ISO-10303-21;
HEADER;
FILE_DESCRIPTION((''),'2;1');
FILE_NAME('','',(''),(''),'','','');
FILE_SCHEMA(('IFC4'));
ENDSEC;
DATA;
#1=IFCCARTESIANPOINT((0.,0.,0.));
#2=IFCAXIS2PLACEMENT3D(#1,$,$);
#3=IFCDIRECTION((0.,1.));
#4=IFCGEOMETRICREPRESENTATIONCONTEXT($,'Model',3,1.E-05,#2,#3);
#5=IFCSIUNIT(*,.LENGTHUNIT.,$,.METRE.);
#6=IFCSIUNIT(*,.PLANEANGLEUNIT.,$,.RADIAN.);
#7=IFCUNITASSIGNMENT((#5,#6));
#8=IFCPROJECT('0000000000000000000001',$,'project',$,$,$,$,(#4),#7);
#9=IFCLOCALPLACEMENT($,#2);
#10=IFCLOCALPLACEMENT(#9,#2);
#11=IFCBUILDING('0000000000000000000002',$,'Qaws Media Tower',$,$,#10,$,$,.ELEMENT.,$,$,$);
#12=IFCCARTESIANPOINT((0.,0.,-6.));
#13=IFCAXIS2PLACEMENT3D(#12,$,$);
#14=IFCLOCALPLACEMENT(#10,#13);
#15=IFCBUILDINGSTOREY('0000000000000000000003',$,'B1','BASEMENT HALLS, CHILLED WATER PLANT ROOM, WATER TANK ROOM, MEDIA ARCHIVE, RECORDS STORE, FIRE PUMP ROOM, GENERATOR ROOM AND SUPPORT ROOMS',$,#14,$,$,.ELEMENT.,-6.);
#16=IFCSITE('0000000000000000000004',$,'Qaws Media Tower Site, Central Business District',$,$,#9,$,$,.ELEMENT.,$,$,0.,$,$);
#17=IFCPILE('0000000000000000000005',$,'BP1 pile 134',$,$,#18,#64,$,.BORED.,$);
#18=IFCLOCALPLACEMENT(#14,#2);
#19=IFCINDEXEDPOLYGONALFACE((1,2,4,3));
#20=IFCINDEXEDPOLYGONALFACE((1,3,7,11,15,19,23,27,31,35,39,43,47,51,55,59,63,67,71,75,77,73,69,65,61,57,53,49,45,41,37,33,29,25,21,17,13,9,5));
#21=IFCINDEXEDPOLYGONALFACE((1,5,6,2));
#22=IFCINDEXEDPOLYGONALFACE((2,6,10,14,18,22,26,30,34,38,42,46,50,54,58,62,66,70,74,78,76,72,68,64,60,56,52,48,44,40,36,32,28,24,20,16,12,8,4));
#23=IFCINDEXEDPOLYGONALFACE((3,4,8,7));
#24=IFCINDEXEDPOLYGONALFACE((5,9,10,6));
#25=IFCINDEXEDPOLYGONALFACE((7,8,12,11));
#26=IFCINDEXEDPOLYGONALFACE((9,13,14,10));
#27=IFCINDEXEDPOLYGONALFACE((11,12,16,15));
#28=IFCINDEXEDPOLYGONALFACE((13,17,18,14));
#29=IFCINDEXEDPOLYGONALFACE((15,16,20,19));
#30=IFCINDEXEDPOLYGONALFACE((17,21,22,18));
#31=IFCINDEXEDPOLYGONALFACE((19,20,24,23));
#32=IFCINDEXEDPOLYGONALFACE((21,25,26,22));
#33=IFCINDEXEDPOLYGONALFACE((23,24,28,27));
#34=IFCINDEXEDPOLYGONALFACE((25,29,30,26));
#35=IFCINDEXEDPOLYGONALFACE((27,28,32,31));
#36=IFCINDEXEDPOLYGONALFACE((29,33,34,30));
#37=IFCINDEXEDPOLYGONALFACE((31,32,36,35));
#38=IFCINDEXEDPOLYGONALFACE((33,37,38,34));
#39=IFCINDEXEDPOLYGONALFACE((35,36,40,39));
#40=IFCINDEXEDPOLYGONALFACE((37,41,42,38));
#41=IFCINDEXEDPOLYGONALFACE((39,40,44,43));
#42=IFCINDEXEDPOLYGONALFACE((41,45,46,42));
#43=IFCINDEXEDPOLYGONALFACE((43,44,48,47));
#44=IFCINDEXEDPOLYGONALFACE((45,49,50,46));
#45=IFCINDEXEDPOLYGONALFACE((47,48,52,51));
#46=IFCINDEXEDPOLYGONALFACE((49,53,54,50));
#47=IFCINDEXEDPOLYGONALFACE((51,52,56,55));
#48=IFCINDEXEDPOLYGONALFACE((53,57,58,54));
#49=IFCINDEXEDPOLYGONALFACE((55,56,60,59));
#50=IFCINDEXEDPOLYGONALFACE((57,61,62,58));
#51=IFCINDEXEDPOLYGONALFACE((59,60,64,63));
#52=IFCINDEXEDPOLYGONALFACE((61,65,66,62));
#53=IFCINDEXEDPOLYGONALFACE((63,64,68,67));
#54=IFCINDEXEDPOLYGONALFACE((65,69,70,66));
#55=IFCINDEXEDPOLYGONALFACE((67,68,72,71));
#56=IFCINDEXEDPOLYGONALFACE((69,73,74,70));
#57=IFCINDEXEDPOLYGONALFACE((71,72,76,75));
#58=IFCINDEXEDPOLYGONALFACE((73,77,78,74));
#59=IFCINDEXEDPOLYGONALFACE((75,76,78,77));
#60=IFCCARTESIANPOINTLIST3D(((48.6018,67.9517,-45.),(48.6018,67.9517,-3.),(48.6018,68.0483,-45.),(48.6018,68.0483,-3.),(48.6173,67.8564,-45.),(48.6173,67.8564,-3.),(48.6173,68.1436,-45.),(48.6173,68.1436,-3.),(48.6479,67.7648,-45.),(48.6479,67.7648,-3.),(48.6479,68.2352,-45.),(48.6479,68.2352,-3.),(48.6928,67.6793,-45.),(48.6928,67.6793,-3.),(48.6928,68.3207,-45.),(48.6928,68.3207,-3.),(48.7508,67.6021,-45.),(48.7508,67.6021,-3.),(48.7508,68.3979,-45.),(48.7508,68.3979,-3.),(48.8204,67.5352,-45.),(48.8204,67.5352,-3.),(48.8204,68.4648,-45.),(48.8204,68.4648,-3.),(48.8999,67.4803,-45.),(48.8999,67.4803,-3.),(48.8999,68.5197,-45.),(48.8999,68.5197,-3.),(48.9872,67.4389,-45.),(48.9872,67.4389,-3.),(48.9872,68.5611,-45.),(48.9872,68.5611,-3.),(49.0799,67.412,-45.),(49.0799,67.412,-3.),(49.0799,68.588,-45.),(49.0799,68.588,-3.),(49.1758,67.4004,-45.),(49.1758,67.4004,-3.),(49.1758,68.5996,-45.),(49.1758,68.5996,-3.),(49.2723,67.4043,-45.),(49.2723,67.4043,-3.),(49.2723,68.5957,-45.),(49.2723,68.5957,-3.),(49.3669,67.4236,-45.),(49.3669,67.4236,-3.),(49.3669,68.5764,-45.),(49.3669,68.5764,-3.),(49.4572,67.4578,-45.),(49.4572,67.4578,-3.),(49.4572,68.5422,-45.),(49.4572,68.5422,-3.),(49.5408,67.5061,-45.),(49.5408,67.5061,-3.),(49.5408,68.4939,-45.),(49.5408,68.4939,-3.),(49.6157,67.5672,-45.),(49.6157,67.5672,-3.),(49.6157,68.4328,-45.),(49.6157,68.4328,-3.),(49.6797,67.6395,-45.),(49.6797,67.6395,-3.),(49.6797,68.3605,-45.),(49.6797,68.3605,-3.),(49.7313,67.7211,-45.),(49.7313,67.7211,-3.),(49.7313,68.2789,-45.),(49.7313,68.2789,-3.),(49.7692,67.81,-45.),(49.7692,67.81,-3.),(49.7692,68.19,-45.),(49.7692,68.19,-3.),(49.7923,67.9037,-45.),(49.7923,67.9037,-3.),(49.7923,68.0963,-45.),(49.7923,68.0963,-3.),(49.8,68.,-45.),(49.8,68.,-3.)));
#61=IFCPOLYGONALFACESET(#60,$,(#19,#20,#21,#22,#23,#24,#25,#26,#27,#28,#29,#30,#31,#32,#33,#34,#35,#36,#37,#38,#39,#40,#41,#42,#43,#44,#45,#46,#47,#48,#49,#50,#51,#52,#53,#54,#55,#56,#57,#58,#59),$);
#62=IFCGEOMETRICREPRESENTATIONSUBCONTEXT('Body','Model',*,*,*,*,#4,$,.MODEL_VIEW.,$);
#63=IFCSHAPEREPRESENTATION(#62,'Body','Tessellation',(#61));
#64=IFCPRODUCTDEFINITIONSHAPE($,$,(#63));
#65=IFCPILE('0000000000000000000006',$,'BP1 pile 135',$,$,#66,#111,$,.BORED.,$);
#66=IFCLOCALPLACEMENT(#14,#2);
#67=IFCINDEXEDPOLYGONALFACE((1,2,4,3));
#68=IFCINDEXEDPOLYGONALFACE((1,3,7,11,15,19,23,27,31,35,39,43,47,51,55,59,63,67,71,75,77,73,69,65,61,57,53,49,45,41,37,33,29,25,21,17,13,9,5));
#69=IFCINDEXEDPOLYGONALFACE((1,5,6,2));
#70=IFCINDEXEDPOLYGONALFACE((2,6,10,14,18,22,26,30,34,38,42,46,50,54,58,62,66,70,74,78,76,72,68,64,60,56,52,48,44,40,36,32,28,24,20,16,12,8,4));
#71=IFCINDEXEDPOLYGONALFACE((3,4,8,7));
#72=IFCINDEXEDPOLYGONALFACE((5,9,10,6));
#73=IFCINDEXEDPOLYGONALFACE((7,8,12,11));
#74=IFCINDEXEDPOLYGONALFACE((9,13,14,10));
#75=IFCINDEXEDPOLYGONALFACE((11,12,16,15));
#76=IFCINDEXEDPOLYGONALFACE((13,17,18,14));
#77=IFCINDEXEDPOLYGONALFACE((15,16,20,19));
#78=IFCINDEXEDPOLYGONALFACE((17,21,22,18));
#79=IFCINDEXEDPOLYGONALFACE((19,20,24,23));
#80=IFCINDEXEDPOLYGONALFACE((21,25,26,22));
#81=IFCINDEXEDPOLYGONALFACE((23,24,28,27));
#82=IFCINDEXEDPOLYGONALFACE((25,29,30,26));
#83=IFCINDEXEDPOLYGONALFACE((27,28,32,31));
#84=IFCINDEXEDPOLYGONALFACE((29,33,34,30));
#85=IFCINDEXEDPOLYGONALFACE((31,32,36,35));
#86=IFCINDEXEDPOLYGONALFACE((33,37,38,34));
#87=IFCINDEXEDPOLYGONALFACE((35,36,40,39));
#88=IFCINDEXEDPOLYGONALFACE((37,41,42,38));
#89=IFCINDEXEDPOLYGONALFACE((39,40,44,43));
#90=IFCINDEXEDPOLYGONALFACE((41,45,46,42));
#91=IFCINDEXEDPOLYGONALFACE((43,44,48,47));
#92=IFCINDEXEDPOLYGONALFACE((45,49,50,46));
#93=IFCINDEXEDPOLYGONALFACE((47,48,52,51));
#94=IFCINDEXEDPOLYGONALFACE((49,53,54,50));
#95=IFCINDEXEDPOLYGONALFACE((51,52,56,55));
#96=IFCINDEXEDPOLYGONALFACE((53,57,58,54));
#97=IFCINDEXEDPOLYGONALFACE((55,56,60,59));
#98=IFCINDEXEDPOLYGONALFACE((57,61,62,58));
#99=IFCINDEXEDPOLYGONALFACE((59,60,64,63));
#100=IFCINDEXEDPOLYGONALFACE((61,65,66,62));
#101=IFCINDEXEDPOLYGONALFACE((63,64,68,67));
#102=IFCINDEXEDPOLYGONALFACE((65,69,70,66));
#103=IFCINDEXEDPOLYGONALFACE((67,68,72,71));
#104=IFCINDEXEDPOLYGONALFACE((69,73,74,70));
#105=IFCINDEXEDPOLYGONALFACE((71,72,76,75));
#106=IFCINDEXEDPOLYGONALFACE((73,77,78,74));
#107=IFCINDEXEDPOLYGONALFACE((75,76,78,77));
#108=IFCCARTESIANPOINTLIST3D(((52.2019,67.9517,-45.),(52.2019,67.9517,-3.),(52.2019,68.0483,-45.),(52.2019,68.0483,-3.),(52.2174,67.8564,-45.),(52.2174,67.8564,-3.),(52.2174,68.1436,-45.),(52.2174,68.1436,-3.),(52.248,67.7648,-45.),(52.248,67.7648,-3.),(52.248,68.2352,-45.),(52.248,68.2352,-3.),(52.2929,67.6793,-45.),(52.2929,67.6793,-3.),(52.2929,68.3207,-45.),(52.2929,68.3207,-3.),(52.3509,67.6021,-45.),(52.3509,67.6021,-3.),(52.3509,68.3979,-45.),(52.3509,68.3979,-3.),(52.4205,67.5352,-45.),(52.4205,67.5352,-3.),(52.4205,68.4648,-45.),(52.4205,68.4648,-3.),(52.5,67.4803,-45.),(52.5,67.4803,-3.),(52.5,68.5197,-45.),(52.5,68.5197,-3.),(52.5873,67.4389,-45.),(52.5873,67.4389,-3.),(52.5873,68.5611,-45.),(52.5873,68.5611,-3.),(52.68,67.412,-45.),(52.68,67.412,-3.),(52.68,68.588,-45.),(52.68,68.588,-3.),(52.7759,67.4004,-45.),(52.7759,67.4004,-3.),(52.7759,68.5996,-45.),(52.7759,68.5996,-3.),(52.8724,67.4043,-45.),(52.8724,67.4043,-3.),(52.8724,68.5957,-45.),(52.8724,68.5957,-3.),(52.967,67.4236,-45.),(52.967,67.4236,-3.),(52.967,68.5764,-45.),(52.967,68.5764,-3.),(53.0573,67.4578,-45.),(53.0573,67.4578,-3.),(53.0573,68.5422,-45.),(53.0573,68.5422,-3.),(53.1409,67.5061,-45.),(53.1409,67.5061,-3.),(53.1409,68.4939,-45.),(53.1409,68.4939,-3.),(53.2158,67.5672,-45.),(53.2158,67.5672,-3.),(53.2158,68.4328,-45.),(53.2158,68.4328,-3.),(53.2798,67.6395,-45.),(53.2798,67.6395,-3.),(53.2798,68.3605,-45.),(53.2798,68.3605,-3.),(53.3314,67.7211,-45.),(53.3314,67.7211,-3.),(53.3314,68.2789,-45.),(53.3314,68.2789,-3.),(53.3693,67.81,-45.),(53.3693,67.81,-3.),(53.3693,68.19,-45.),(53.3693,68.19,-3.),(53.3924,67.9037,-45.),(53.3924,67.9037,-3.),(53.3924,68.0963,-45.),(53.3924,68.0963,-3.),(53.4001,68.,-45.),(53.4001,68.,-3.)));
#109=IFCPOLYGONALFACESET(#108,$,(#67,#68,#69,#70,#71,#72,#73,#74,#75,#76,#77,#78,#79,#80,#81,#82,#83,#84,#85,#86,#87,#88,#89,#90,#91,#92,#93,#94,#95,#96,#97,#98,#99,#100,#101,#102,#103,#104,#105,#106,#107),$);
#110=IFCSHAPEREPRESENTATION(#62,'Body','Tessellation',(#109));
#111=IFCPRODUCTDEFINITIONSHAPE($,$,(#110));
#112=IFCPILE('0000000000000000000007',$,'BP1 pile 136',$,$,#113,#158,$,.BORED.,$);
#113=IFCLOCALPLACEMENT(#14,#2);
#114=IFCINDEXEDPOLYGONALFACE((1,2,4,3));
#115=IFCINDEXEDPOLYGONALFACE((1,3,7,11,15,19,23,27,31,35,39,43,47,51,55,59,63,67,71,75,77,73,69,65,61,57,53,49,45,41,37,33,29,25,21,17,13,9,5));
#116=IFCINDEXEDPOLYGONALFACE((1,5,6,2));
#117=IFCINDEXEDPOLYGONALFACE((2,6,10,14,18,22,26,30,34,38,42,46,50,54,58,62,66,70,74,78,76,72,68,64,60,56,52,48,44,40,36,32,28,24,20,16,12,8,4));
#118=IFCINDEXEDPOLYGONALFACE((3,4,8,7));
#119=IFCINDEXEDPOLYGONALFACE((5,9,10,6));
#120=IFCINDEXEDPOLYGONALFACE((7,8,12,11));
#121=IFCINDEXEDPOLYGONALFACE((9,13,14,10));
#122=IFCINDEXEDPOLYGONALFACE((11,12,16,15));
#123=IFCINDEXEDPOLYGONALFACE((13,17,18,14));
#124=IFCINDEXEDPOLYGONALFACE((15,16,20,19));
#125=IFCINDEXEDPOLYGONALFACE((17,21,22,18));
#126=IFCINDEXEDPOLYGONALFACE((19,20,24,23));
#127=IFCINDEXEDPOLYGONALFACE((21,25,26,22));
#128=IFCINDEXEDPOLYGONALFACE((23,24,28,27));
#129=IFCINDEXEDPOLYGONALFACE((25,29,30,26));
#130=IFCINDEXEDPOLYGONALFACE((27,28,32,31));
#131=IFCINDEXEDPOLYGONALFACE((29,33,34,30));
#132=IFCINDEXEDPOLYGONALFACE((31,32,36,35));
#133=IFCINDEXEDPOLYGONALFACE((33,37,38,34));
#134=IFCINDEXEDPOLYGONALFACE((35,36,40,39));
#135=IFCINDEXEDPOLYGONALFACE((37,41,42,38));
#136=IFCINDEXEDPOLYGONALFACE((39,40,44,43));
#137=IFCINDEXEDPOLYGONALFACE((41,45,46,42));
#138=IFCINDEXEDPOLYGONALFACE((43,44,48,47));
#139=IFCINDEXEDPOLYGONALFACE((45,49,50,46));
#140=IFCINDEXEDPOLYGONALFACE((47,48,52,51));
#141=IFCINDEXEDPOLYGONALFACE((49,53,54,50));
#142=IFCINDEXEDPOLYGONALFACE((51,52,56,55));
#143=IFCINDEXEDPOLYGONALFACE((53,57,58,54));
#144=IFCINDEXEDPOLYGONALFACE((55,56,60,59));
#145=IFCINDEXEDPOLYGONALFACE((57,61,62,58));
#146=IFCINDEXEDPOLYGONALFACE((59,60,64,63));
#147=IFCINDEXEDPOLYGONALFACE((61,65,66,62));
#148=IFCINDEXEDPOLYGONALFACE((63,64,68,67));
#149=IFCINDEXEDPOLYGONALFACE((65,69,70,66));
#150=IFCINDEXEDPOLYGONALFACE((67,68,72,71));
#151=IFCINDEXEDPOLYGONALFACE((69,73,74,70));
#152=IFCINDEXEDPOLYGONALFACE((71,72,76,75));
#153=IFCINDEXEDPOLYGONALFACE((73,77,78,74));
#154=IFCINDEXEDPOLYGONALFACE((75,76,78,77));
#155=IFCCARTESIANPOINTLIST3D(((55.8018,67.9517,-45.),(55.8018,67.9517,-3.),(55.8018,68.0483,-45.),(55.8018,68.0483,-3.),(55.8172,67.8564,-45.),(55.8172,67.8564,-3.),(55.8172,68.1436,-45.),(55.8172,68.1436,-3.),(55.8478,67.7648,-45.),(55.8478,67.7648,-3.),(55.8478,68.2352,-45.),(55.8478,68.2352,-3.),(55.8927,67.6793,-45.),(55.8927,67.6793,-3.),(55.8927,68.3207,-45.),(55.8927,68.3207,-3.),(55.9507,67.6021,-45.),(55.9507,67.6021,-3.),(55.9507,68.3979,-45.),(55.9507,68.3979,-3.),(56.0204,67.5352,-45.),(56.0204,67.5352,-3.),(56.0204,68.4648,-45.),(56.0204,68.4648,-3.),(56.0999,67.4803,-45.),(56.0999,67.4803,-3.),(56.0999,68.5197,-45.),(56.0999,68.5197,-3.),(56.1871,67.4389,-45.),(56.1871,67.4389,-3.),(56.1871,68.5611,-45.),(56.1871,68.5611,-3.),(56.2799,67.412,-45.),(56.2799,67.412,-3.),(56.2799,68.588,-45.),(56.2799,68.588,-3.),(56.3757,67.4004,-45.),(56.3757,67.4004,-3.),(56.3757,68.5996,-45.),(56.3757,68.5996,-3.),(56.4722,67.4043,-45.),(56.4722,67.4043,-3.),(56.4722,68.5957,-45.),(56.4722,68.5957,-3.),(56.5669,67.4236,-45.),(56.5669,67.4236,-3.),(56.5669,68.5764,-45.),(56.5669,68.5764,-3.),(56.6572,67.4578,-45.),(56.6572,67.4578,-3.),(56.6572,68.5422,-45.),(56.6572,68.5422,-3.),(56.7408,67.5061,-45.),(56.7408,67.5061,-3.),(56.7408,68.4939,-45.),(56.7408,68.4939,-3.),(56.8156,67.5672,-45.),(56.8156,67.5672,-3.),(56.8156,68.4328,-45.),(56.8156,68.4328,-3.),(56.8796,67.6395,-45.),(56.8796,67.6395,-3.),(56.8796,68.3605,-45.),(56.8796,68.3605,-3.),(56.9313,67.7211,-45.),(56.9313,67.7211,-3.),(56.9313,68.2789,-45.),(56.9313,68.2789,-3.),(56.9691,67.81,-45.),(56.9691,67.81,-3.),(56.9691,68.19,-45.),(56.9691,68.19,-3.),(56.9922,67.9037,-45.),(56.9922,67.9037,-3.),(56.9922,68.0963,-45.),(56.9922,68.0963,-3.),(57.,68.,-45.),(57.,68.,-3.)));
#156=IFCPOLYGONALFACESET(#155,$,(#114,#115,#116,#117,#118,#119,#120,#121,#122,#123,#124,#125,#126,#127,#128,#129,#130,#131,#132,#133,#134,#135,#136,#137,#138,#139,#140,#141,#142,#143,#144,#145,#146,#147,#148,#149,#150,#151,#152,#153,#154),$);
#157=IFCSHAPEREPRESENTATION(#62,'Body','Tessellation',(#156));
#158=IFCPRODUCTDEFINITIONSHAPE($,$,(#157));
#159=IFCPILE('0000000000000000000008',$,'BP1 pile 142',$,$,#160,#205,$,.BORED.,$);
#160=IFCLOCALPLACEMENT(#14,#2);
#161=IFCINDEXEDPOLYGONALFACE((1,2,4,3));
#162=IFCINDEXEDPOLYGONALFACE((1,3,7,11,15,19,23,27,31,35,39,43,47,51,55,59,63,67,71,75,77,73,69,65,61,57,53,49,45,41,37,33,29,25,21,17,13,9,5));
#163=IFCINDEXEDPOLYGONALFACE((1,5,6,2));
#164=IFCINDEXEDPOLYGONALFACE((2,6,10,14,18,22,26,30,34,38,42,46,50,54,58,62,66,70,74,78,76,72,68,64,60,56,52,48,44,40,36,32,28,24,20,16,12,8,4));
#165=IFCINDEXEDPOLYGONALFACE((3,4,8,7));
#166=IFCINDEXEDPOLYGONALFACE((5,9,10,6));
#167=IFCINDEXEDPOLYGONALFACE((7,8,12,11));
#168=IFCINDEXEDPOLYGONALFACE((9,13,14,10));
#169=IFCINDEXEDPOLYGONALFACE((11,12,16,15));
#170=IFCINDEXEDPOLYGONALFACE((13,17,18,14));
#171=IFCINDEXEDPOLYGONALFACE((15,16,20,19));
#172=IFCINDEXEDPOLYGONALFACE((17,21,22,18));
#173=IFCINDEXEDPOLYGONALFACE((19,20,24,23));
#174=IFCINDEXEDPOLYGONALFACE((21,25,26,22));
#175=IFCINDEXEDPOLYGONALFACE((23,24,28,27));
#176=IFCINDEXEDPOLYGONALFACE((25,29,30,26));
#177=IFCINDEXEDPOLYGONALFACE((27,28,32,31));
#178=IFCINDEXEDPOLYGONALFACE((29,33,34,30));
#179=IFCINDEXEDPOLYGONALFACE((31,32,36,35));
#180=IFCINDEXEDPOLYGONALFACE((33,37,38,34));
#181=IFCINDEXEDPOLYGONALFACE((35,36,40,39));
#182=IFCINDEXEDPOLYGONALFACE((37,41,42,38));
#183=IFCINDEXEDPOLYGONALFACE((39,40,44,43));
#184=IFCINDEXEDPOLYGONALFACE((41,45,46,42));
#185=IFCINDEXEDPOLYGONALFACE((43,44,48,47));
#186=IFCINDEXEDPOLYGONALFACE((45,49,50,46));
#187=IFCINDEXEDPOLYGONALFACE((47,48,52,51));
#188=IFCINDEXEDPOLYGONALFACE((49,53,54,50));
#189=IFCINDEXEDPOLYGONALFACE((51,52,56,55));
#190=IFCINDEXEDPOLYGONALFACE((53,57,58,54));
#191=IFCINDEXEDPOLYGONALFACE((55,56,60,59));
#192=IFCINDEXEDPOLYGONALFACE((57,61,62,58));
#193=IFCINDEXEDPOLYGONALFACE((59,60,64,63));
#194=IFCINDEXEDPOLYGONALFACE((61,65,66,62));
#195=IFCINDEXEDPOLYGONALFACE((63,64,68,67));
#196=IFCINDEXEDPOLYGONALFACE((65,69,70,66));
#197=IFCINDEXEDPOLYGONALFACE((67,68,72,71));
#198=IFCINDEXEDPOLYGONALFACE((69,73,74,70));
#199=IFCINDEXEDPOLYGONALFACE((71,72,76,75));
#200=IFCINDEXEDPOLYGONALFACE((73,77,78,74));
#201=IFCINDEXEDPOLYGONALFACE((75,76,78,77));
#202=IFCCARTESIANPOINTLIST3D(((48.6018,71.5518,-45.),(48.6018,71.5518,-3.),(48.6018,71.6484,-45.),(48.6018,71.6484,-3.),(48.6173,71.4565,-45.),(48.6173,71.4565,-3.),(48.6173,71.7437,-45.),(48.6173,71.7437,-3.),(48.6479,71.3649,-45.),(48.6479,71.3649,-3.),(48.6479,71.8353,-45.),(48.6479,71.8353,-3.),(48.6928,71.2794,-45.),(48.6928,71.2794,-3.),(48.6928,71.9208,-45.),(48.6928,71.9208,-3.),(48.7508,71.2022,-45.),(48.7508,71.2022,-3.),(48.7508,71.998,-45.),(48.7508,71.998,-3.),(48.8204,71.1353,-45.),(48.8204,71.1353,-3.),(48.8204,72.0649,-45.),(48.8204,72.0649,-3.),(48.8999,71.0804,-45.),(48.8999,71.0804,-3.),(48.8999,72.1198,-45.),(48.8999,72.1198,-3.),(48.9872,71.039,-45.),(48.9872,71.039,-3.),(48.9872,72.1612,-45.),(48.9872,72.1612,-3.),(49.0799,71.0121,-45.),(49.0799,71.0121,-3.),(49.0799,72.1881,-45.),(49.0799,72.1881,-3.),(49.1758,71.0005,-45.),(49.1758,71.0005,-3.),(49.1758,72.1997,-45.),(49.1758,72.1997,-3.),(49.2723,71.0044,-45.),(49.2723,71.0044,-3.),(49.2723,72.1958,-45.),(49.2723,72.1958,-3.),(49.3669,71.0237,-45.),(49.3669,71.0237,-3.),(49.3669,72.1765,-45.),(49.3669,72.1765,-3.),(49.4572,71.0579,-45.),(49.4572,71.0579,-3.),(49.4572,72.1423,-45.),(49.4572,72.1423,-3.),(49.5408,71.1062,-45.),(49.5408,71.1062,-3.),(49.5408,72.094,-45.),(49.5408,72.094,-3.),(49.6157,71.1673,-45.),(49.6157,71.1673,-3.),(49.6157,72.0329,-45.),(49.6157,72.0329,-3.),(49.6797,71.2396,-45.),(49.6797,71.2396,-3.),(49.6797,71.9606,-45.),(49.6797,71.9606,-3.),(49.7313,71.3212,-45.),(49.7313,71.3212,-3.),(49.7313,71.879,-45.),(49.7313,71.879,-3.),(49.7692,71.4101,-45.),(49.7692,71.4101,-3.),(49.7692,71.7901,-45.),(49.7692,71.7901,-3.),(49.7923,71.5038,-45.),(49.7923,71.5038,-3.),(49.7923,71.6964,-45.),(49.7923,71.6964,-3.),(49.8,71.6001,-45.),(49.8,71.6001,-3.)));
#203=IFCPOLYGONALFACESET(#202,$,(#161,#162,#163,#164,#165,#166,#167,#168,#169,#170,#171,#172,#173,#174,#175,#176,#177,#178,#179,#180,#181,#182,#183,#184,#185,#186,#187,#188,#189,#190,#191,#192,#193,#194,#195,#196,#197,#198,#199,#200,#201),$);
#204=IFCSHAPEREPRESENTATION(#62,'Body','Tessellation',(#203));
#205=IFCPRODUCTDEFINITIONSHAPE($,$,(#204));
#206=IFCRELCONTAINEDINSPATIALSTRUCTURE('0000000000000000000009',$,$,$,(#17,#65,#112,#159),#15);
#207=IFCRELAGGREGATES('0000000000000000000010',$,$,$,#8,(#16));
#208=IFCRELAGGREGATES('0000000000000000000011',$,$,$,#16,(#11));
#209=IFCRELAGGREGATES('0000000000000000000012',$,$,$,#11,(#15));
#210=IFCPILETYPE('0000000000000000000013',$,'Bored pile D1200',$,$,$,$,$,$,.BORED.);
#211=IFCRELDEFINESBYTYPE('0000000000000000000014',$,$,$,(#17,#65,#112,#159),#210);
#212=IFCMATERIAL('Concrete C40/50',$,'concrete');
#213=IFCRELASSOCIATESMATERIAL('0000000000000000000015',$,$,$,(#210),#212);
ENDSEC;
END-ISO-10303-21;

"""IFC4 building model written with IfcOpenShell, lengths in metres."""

from ifc_helpers import new_model, si_unit, direction, frame, origin, origin_2d, place, context, subcontext, project, spatial, circle, extrude, material, material_profile, profile_set, type_object, element, save


model = new_model("IFC4")

# Units and contexts
model_context = context("Model", 3, precision=1e-05, world=origin(), true_north=direction((0.0, 1.0)))
body_context = subcontext(model_context, "Body", "Model", "MODEL_VIEW")
ifc_project = project(units=[si_unit("LENGTHUNIT", "METRE"), si_unit("PLANEANGLEUNIT", "RADIAN")], contexts=[model_context])

# Site, building, storey
site_placement = place(None, origin())
site = spatial("IfcSite", under=ifc_project, at=site_placement, Name="Qaws Media Tower Site, Central Business District", CompositionType="ELEMENT", RefElevation=0.0)
building_placement = place(site_placement, origin())
building = spatial("IfcBuilding", under=site, at=building_placement, Name="Qaws Media Tower", CompositionType="ELEMENT")
storey_placement = place(building_placement, frame((0.0, 0.0, -6.0)))
storey = spatial("IfcBuildingStorey", under=building, at=storey_placement, Name="B1", Description="BASEMENT HALLS, CHILLED WATER PLANT ROOM, WATER TANK ROOM, MEDIA ARCHIVE, RECORDS STORE, FIRE PUMP ROOM, GENERATOR ROOM AND SUPPORT ROOMS", CompositionType="ELEMENT", Elevation=-6.0)

# Piles
ifc_material_1 = material(Name="Concrete C40/50", Category="concrete")
ifc_material_profile_1 = material_profile(ifc_material_1, circle(Radius=0.6001, at=origin_2d()), Name="D1200")
ifc_profile_set_1 = profile_set([ifc_material_profile_1], Name="Concrete C40/50")
pile_type_1 = type_object("IfcPileType", Name="Bored pile D1200", PredefinedType="BORED", material=ifc_profile_set_1)
for number, where, z_axis, x_axis, name in (
    (1, (49.2, 68.0, -3.0), (0.0, 0.0, -1.0), (1.0, 0.0, 0.0), "BP1 pile 134"),
    (2, (52.8, 68.0, -3.0), (0.0, 0.0, -1.0), (1.0, 0.0, 0.0), "BP1 pile 135"),
    (3, (56.3999, 68.0, -3.0), (0.0, 0.0, -1.0), (1.0, 0.0, 0.0), "BP1 pile 136"),
    (4, (49.2, 71.6001, -3.0), (0.0, 0.0, -1.0), (1.0, 0.0, 0.0), "BP1 pile 142"),
):
    element("IfcPile", number, at=place(storey_placement, frame(where, z_axis=z_axis, x_axis=x_axis)), inside=storey, type_object=pile_type_1, Name=name, PredefinedType="BORED", context=body_context, shape_type="SweptSolid", body=[
        extrude(circle(Radius=0.6001, at=origin_2d()), origin(), (0.0, 0.0, 1.0), 42.0),
    ])

save(model, "model.ifc")
